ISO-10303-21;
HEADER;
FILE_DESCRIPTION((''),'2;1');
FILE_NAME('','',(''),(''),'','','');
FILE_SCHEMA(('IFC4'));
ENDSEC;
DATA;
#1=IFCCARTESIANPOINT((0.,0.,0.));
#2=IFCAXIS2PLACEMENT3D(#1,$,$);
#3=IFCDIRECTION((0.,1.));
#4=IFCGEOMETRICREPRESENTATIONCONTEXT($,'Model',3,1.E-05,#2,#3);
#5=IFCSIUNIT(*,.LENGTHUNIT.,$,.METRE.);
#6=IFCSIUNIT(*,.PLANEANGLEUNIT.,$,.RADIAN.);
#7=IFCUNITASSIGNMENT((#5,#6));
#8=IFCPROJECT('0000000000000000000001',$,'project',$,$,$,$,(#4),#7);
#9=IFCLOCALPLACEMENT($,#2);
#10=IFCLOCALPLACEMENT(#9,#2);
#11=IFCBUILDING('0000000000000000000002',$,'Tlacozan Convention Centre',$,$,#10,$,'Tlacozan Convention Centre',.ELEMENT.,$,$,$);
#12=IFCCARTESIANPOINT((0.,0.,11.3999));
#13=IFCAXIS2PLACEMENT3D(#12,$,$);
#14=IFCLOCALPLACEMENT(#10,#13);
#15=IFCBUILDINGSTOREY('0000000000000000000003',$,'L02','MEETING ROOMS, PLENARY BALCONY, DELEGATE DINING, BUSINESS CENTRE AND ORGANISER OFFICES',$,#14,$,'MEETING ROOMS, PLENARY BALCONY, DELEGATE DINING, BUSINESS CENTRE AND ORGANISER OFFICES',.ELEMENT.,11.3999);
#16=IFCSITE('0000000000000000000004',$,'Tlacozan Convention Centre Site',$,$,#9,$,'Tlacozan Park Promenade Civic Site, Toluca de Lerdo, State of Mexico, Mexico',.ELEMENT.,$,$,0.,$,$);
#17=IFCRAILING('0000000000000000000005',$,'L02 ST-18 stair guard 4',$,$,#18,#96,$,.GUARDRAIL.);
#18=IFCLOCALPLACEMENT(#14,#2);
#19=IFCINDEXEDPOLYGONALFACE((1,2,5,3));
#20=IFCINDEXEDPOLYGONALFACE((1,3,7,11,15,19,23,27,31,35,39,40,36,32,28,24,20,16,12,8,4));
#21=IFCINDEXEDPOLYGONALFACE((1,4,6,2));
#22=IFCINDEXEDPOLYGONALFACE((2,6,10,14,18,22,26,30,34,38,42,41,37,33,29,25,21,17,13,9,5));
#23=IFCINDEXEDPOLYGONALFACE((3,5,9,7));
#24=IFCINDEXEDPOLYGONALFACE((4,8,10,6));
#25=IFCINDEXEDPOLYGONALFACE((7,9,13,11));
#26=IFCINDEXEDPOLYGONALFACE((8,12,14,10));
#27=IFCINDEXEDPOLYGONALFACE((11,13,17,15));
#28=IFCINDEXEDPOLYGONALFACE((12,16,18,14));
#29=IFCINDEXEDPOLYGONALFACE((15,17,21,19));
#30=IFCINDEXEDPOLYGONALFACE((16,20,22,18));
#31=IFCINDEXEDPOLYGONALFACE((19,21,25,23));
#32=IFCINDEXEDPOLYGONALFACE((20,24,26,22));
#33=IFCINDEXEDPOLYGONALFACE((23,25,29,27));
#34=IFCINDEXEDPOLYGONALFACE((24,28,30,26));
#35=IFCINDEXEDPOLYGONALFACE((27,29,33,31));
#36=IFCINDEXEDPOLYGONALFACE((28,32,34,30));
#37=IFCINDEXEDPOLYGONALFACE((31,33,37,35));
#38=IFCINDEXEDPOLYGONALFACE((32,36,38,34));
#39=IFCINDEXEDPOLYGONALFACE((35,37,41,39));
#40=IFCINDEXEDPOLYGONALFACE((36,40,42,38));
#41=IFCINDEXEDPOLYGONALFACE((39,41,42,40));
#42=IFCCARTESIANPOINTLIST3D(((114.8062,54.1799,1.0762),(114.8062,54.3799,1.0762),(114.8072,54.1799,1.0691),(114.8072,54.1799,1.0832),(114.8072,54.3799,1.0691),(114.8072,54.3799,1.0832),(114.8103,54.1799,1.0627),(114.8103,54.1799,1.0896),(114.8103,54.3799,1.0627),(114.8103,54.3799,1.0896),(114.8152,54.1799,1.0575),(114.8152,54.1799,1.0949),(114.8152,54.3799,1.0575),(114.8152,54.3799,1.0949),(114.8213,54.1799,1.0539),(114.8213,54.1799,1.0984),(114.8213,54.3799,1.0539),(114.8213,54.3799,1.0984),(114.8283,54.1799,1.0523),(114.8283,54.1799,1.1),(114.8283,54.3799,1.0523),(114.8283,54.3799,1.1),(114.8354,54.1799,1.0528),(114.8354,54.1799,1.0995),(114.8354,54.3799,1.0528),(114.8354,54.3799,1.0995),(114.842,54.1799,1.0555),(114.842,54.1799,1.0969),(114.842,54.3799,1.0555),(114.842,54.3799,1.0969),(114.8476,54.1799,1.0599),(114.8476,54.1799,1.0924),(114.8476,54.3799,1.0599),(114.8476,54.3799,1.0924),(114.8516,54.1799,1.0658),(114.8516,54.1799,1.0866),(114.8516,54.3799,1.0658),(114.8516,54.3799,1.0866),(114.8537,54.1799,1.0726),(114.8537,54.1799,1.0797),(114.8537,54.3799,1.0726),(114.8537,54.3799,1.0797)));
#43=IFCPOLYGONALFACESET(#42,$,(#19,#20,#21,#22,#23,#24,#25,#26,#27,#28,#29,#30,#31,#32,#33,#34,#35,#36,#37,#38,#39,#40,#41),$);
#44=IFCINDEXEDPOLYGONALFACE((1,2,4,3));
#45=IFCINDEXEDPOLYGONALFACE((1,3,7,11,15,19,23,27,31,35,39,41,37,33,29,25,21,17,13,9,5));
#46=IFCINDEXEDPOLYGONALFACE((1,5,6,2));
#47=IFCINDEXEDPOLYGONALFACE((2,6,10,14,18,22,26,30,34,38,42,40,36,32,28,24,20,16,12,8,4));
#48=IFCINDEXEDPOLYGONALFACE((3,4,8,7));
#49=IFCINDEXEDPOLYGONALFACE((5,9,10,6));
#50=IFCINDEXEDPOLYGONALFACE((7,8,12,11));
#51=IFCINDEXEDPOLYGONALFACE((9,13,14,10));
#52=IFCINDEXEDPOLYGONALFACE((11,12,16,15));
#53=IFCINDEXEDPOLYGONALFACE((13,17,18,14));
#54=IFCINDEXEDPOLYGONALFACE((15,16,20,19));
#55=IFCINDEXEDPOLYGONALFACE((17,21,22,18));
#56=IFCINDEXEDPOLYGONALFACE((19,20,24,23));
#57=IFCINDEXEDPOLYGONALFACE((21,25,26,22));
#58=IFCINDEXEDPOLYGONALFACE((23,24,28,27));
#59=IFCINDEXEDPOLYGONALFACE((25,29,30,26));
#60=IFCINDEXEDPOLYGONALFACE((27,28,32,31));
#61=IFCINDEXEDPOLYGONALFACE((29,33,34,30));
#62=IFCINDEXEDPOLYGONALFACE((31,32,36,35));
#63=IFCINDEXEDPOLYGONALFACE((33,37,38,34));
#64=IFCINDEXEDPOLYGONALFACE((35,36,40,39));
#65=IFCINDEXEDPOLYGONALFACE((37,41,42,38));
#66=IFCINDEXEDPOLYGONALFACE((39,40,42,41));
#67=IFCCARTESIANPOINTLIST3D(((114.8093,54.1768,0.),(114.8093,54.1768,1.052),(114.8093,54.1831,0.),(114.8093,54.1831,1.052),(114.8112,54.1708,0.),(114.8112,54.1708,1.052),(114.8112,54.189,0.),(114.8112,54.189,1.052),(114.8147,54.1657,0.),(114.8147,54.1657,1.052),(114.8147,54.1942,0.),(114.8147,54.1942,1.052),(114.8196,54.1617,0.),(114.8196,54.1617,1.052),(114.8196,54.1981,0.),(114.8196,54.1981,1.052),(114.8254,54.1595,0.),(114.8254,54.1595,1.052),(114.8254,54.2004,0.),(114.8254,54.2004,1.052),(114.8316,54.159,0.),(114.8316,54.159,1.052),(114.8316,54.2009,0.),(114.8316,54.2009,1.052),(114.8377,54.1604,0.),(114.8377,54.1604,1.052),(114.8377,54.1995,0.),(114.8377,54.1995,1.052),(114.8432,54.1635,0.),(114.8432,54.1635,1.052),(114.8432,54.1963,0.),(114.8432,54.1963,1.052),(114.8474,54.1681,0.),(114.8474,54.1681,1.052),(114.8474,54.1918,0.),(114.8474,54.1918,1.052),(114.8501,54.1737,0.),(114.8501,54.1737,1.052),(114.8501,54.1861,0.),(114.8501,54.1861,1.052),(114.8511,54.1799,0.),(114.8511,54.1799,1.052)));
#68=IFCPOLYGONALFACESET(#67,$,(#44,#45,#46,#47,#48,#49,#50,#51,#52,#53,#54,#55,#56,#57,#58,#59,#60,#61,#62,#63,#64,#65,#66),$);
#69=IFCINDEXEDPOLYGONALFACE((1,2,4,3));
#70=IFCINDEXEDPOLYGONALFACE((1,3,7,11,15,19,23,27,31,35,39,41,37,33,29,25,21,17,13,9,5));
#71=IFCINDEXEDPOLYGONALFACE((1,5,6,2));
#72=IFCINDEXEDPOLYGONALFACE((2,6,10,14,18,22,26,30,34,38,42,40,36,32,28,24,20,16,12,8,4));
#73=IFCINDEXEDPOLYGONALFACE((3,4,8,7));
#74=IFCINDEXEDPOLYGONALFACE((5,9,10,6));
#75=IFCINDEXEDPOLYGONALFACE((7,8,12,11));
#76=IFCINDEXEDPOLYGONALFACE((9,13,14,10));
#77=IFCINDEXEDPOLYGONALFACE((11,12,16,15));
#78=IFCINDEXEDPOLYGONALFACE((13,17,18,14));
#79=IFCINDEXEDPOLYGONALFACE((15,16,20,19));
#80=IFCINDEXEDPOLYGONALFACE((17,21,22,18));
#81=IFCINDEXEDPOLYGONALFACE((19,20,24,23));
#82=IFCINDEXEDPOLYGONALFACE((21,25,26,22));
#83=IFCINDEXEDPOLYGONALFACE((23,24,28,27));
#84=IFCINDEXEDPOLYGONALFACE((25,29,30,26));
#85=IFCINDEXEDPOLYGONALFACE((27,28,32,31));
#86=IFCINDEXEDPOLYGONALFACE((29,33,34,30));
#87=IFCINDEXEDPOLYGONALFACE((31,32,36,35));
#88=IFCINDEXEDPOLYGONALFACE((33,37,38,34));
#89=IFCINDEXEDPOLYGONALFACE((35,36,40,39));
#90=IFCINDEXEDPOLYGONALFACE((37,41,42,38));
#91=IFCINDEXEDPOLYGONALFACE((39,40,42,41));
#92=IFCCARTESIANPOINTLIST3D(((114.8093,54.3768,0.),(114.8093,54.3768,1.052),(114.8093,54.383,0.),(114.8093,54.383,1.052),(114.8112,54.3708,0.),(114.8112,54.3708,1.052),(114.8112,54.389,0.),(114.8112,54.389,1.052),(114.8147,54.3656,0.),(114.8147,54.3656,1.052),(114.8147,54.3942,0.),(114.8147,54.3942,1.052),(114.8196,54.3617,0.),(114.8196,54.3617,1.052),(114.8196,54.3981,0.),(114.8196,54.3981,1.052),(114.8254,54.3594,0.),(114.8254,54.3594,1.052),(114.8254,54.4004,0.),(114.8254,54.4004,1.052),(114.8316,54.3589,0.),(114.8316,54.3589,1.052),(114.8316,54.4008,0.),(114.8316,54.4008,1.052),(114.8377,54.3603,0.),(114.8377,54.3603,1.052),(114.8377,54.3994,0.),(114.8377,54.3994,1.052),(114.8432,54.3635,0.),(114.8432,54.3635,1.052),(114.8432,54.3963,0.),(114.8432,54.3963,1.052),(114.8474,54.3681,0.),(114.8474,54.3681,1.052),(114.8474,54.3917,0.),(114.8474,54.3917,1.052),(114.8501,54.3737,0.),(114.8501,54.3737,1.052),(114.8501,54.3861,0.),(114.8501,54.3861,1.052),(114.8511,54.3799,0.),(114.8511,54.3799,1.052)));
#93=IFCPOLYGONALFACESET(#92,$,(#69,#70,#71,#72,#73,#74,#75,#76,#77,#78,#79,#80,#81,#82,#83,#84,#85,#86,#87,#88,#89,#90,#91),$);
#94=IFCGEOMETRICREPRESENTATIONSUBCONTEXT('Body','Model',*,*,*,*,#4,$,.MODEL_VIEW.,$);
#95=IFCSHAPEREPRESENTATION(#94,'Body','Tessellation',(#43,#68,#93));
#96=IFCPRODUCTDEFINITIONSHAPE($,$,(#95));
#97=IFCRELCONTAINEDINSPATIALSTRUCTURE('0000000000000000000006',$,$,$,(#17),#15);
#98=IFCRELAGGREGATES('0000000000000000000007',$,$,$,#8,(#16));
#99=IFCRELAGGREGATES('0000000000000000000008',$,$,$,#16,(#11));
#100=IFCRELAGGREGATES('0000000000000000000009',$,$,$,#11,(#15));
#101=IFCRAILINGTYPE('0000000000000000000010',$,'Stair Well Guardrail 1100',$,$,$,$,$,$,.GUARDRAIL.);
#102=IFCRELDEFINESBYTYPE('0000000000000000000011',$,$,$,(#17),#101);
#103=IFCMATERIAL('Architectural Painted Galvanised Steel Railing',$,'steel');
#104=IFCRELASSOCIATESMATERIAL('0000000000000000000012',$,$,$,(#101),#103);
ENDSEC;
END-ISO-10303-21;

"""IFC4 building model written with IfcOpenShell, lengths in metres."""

from ifc_helpers import new_model, si_unit, direction, frame, origin, origin_2d, place, context, subcontext, project, spatial, circle, extrude, material, type_object, element, save


model = new_model("IFC4")

# Units and contexts
model_context = context("Model", 3, precision=1e-05, world=origin(), true_north=direction((0.0, 1.0)))
body_context = subcontext(model_context, "Body", "Model", "MODEL_VIEW")
ifc_project = project(units=[si_unit("LENGTHUNIT", "METRE"), si_unit("PLANEANGLEUNIT", "RADIAN")], contexts=[model_context])

# Site, building, storey
site_placement = place(None, origin())
site = spatial("IfcSite", under=ifc_project, at=site_placement, Name="Tlacozan Convention Centre Site", LongName="Tlacozan Park Promenade Civic Site, Toluca de Lerdo, State of Mexico, Mexico", CompositionType="ELEMENT", RefElevation=0.0)
building_placement = place(site_placement, origin())
building = spatial("IfcBuilding", under=site, at=building_placement, Name="Tlacozan Convention Centre", LongName="Tlacozan Convention Centre", CompositionType="ELEMENT")
storey_placement = place(building_placement, frame((0.0, 0.0, 11.3999)))
storey = spatial("IfcBuildingStorey", under=building, at=storey_placement, Name="L02", Description="MEETING ROOMS, PLENARY BALCONY, DELEGATE DINING, BUSINESS CENTRE AND ORGANISER OFFICES", LongName="MEETING ROOMS, PLENARY BALCONY, DELEGATE DINING, BUSINESS CENTRE AND ORGANISER OFFICES", CompositionType="ELEMENT", Elevation=11.3999)

# Railing
ifc_material_1 = material(Name="Architectural Painted Galvanised Steel Railing", Category="steel")
railing_type_1 = type_object("IfcRailingType", Name="Stair Well Guardrail 1100", PredefinedType="GUARDRAIL", material=ifc_material_1)
railing_1_placement = place(storey_placement, frame((114.8301, 54.1799, 0.0)))
element("IfcRailing", 1, at=railing_1_placement, inside=storey, type_object=railing_type_1, Name="L02 ST-18 stair guard 4", PredefinedType="GUARDRAIL", context=body_context, shape_type="SweptSolid", body=[
    extrude(circle(Radius=0.0239, at=origin_2d()), frame((0.0, 0.0, 1.0762), z_axis=(0.0, 1.0, 0.0), x_axis=(-1.0, 0.0, 0.0)), (0.0, 0.0, 1.0), 0.2),
    extrude(circle(Radius=0.021, at=origin_2d()), origin(), (0.0, 0.0, 1.0), 1.052),
    extrude(circle(Radius=0.021, at=origin_2d()), frame((0.0, 0.2, 0.0)), (0.0, 0.0, 1.0), 1.052),
])

save(model, "model.ifc")
